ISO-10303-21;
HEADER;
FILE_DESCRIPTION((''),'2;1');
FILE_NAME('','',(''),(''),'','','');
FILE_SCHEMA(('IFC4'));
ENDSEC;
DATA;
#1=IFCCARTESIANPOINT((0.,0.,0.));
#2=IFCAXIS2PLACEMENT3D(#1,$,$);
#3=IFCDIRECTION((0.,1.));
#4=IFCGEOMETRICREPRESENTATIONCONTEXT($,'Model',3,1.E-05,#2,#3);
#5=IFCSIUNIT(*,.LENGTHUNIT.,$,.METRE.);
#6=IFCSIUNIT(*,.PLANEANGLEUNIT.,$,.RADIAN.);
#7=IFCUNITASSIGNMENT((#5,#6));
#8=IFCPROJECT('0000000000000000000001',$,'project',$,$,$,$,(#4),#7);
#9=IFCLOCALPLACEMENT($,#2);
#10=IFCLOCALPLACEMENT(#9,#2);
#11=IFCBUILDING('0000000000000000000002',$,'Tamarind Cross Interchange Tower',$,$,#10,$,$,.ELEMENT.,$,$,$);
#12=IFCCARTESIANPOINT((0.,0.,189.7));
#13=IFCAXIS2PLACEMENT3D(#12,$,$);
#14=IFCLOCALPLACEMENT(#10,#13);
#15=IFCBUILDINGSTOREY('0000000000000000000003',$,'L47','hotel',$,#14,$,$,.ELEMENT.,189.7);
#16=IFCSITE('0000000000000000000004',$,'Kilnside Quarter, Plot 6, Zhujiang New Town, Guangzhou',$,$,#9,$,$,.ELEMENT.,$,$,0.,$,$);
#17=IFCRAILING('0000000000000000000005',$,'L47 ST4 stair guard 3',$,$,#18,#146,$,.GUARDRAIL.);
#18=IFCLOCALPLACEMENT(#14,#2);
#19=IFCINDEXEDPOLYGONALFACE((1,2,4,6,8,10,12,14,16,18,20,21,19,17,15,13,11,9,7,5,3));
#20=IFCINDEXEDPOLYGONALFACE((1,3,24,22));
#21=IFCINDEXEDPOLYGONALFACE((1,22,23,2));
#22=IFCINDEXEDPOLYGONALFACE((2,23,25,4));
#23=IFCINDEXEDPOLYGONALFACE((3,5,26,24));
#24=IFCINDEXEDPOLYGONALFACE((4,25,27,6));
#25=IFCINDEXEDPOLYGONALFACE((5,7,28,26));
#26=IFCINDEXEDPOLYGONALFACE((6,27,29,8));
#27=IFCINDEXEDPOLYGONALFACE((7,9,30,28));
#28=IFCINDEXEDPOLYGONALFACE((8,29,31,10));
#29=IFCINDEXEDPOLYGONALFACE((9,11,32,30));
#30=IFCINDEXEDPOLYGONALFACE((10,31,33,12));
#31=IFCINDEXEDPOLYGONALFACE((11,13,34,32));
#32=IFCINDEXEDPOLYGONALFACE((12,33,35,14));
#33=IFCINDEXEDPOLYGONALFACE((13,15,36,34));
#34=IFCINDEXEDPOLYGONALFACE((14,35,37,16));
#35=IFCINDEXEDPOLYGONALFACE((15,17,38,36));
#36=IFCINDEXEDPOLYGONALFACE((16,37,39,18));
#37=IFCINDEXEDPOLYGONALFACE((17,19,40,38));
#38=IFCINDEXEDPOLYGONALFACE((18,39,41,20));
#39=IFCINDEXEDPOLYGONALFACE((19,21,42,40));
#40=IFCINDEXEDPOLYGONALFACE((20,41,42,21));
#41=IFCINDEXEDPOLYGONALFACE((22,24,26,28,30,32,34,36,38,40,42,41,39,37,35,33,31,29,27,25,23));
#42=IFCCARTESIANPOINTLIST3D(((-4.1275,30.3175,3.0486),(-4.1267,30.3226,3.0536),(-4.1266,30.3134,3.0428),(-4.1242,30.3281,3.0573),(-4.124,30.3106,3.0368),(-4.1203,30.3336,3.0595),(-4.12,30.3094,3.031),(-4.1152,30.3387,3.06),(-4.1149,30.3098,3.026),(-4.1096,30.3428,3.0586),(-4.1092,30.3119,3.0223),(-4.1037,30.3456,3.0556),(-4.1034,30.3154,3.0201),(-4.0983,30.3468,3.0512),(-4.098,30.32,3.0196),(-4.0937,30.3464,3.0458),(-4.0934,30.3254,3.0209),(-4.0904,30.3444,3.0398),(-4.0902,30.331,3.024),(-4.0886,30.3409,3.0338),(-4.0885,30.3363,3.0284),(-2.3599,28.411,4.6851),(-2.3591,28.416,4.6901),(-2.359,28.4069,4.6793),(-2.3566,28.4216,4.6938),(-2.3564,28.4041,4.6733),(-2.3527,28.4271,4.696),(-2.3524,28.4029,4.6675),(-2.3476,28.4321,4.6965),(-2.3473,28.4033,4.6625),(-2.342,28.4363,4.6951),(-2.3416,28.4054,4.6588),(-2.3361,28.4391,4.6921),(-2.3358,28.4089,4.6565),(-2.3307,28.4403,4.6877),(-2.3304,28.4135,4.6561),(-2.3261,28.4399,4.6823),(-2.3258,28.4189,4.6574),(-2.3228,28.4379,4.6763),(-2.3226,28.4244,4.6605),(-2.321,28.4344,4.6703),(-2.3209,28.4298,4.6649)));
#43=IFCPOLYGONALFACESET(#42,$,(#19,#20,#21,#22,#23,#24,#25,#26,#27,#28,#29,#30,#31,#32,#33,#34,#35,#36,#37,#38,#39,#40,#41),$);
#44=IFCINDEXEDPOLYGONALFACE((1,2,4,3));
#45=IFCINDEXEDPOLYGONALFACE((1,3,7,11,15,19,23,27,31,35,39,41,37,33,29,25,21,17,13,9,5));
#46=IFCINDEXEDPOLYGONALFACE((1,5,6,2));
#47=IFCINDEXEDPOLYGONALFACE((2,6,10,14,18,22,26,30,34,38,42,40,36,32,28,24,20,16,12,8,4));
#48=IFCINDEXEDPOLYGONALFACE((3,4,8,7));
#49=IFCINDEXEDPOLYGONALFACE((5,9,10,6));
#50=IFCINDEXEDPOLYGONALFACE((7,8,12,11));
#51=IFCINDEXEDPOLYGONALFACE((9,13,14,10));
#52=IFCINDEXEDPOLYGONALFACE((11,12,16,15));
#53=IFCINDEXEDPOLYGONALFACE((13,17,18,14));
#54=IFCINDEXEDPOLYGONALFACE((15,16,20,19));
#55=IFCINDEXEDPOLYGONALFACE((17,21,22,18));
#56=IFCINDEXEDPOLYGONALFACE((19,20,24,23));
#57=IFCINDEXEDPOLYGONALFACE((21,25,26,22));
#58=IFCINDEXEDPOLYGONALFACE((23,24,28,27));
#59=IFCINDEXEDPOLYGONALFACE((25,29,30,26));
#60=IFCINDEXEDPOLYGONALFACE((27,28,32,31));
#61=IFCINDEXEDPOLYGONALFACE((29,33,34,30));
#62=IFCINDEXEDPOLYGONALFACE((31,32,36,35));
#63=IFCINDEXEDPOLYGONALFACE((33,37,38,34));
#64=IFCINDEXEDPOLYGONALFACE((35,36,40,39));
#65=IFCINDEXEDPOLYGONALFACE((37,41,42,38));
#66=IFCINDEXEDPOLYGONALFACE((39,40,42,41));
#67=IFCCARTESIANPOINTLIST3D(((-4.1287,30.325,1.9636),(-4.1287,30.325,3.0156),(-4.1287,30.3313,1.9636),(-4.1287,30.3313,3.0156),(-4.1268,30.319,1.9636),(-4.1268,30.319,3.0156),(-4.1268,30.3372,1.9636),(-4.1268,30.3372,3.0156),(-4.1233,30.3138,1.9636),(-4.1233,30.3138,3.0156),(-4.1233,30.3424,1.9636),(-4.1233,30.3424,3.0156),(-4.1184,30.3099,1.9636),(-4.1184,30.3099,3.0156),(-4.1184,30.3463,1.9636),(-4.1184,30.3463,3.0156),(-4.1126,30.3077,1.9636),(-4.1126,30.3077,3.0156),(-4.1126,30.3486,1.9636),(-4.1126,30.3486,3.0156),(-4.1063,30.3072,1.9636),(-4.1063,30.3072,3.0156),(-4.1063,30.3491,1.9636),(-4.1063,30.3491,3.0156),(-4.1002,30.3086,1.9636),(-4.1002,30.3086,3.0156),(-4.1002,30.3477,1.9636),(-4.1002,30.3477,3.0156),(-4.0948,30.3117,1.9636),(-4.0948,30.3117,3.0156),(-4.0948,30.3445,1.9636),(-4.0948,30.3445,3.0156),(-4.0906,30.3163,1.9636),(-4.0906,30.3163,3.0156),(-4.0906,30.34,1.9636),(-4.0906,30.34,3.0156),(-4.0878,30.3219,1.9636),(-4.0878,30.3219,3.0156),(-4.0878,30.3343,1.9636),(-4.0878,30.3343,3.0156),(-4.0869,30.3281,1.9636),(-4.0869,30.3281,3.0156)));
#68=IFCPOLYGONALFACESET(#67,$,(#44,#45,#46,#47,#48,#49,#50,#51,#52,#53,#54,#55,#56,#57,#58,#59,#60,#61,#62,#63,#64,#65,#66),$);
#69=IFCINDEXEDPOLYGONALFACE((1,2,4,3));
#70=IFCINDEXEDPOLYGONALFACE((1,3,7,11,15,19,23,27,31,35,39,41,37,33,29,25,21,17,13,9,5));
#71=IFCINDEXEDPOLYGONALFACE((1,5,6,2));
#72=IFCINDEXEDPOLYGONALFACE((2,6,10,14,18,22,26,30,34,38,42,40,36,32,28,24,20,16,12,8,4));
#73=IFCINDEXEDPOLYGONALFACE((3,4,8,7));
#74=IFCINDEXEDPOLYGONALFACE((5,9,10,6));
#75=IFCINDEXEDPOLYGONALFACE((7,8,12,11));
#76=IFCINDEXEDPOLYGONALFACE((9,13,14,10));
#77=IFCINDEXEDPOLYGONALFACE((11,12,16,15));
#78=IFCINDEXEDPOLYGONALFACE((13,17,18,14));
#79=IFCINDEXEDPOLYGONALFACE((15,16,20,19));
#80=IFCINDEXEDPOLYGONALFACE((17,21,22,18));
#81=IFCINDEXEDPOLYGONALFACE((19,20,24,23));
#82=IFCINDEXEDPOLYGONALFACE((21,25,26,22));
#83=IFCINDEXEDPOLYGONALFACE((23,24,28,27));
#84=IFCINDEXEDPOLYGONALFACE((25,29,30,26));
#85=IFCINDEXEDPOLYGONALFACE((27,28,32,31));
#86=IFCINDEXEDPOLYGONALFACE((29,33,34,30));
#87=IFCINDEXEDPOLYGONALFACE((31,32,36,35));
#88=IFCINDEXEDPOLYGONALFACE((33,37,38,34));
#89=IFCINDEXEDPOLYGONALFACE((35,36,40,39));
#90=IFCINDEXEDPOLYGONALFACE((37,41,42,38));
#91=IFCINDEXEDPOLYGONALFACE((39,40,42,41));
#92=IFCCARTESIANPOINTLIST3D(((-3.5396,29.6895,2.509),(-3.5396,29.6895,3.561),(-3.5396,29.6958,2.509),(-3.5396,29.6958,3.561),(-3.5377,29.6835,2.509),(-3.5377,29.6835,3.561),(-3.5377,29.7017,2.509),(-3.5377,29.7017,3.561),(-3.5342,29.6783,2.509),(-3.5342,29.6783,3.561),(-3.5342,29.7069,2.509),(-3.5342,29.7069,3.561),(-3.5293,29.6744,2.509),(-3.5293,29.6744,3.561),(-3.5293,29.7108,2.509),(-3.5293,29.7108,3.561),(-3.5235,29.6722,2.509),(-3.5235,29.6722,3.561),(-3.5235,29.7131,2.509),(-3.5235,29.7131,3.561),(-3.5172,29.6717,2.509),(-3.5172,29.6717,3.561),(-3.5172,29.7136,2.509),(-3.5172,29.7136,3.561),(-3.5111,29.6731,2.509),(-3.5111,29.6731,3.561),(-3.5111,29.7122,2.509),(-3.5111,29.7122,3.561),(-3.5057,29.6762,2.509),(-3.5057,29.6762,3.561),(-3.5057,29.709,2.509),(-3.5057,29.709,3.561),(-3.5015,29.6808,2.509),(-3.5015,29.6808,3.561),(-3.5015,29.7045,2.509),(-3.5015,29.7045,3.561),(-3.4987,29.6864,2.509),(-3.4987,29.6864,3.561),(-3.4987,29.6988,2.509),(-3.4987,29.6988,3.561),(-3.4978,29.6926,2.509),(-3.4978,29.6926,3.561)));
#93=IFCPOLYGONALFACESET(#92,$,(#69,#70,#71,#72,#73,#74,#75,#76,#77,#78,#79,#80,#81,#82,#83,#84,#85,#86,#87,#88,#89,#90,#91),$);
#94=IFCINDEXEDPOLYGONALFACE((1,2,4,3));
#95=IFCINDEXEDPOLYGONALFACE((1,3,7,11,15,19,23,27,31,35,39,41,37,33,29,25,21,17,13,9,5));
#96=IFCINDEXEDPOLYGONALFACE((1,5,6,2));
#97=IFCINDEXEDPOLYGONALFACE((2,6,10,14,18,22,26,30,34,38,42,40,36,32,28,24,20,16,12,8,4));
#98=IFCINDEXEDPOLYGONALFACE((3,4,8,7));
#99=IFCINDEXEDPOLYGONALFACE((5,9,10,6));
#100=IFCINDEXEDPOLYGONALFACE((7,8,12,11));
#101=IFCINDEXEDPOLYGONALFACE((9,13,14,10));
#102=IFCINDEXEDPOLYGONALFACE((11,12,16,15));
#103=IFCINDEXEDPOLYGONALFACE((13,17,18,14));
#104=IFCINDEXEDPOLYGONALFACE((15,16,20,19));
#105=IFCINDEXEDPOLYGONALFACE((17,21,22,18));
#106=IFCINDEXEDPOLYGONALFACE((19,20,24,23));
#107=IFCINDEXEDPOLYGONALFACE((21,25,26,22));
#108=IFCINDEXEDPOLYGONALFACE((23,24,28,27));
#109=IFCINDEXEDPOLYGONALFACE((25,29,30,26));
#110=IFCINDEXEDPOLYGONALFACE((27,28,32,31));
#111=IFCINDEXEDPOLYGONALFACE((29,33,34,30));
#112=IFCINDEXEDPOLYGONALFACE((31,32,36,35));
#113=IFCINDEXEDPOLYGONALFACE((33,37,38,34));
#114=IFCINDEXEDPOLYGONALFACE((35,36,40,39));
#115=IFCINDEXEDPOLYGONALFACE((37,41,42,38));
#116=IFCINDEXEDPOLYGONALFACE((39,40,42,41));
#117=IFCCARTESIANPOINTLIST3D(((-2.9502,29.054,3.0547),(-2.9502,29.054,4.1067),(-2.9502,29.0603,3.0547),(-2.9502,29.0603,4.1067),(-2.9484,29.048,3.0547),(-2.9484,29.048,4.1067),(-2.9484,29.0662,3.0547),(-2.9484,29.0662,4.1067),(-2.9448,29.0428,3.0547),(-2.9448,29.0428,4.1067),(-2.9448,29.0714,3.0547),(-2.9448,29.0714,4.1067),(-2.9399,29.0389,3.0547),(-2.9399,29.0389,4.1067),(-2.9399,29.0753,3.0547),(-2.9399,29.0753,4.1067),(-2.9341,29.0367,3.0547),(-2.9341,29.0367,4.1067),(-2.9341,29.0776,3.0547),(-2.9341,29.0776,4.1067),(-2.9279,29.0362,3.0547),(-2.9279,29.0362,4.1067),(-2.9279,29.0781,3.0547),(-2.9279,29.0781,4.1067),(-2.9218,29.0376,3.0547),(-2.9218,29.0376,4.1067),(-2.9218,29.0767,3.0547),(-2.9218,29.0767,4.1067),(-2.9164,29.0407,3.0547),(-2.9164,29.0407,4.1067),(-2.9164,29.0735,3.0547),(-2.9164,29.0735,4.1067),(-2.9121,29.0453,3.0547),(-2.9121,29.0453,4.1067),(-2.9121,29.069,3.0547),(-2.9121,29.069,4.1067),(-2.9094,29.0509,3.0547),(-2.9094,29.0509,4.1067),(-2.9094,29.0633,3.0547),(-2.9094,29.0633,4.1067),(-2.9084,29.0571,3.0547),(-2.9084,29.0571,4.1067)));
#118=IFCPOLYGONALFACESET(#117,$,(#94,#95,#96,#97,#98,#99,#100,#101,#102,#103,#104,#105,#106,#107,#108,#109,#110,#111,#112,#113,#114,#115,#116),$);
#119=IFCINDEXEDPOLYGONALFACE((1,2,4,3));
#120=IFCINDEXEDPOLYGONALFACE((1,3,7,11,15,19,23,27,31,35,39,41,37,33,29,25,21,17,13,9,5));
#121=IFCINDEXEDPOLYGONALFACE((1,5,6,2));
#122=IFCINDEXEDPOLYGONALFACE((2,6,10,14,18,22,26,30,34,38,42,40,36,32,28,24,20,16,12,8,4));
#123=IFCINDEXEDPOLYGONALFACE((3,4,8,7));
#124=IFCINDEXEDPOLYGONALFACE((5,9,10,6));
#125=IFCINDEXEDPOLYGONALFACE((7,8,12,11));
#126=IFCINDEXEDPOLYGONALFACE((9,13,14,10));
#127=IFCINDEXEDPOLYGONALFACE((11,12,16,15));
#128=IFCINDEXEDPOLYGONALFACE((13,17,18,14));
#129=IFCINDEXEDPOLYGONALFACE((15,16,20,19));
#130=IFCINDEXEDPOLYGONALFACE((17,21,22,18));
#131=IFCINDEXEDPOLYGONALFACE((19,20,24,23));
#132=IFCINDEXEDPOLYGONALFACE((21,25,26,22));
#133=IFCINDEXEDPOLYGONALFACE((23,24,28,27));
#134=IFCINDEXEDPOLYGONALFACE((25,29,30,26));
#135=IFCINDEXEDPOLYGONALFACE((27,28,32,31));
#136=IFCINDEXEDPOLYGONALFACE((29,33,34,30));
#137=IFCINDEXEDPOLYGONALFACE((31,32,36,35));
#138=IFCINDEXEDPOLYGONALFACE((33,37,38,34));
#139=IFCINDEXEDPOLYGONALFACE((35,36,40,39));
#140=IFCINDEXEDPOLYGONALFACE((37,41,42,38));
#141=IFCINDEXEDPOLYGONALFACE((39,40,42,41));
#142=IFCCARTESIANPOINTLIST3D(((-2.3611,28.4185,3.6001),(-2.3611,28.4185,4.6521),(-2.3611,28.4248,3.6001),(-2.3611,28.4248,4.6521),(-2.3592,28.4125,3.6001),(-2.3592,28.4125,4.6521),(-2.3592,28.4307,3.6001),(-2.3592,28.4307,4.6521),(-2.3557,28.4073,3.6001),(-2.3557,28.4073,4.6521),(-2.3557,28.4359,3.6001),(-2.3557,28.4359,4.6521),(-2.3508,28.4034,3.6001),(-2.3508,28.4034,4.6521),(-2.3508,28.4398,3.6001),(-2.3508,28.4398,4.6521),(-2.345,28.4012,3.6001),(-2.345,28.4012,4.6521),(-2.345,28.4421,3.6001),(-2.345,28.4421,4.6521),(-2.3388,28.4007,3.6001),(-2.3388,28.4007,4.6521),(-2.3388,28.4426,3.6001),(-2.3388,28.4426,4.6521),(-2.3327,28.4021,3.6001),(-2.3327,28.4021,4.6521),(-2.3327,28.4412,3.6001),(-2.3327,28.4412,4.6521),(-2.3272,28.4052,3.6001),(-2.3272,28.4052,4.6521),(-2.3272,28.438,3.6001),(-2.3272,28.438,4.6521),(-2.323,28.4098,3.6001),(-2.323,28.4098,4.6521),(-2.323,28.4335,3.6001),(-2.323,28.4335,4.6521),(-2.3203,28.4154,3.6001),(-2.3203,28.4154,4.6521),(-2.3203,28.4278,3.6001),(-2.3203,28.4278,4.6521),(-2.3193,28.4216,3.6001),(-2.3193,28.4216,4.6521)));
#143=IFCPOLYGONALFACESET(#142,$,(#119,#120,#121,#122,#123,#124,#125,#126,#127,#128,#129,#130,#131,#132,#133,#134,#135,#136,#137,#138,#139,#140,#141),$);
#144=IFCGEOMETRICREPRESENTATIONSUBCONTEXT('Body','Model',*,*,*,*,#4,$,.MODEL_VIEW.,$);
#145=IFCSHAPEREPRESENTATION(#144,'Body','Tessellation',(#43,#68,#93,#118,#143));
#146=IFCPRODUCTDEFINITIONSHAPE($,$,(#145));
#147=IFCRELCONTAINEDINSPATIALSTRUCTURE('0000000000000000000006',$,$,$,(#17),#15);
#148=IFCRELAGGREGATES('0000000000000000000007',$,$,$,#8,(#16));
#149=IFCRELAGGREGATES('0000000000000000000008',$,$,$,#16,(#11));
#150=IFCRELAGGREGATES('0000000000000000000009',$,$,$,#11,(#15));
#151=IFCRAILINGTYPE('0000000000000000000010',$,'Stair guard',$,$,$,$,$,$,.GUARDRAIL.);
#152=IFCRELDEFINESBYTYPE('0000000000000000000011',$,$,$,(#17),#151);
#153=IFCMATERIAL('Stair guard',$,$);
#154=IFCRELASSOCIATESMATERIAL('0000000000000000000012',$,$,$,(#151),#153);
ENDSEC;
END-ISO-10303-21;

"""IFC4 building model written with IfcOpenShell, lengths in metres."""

from ifc_helpers import new_model, si_unit, direction, frame, origin, origin_2d, place, context, subcontext, project, spatial, circle, extrude, material, type_object, element, save


model = new_model("IFC4")

# Units and contexts
model_context = context("Model", 3, precision=1e-05, world=origin(), true_north=direction((0.0, 1.0)))
body_context = subcontext(model_context, "Body", "Model", "MODEL_VIEW")
ifc_project = project(units=[si_unit("LENGTHUNIT", "METRE"), si_unit("PLANEANGLEUNIT", "RADIAN")], contexts=[model_context])

# Site, building, storey
site_placement = place(None, origin())
site = spatial("IfcSite", under=ifc_project, at=site_placement, Name="Kilnside Quarter, Plot 6, Zhujiang New Town, Guangzhou", CompositionType="ELEMENT", RefElevation=0.0)
building_placement = place(site_placement, origin())
building = spatial("IfcBuilding", under=site, at=building_placement, Name="Tamarind Cross Interchange Tower", CompositionType="ELEMENT")
storey_placement = place(building_placement, frame((0.0, 0.0, 189.7)))
storey = spatial("IfcBuildingStorey", under=building, at=storey_placement, Name="L47", Description="hotel", CompositionType="ELEMENT", Elevation=189.7)

# Railing
ifc_material_1 = material(Name="Stair guard")
railing_type_1 = type_object("IfcRailingType", Name="Stair guard", PredefinedType="GUARDRAIL", material=ifc_material_1)
railing_1_placement = place(storey_placement, frame((-4.1079, 30.3281, 1.9636)))
element("IfcRailing", 1, at=railing_1_placement, inside=storey, type_object=railing_type_1, Name="L47 ST4 stair guard 3", PredefinedType="GUARDRAIL", context=body_context, shape_type="SweptSolid", body=[
    extrude(circle(Radius=0.0239, at=origin_2d()), frame((0.0, 0.0, 1.0762), z_axis=(0.575386, -0.620606, 0.532709), x_axis=(0.733318, 0.679885, 0.0)), (0.0, 0.0, 1.0), 3.072),
    extrude(circle(Radius=0.021, at=origin_2d()), origin(), (0.0, 0.0, 1.0), 1.052),
    extrude(circle(Radius=0.021, at=origin_2d()), frame((0.5891, -0.6355, 0.5454)), (0.0, 0.0, 1.0), 1.052),
    extrude(circle(Radius=0.021, at=origin_2d()), frame((1.1785, -1.271, 1.0911)), (0.0, 0.0, 1.0), 1.052),
    extrude(circle(Radius=0.021, at=origin_2d()), frame((1.7676, -1.9065, 1.6365)), (0.0, 0.0, 1.0), 1.052),
])

save(model, "model.ifc")
